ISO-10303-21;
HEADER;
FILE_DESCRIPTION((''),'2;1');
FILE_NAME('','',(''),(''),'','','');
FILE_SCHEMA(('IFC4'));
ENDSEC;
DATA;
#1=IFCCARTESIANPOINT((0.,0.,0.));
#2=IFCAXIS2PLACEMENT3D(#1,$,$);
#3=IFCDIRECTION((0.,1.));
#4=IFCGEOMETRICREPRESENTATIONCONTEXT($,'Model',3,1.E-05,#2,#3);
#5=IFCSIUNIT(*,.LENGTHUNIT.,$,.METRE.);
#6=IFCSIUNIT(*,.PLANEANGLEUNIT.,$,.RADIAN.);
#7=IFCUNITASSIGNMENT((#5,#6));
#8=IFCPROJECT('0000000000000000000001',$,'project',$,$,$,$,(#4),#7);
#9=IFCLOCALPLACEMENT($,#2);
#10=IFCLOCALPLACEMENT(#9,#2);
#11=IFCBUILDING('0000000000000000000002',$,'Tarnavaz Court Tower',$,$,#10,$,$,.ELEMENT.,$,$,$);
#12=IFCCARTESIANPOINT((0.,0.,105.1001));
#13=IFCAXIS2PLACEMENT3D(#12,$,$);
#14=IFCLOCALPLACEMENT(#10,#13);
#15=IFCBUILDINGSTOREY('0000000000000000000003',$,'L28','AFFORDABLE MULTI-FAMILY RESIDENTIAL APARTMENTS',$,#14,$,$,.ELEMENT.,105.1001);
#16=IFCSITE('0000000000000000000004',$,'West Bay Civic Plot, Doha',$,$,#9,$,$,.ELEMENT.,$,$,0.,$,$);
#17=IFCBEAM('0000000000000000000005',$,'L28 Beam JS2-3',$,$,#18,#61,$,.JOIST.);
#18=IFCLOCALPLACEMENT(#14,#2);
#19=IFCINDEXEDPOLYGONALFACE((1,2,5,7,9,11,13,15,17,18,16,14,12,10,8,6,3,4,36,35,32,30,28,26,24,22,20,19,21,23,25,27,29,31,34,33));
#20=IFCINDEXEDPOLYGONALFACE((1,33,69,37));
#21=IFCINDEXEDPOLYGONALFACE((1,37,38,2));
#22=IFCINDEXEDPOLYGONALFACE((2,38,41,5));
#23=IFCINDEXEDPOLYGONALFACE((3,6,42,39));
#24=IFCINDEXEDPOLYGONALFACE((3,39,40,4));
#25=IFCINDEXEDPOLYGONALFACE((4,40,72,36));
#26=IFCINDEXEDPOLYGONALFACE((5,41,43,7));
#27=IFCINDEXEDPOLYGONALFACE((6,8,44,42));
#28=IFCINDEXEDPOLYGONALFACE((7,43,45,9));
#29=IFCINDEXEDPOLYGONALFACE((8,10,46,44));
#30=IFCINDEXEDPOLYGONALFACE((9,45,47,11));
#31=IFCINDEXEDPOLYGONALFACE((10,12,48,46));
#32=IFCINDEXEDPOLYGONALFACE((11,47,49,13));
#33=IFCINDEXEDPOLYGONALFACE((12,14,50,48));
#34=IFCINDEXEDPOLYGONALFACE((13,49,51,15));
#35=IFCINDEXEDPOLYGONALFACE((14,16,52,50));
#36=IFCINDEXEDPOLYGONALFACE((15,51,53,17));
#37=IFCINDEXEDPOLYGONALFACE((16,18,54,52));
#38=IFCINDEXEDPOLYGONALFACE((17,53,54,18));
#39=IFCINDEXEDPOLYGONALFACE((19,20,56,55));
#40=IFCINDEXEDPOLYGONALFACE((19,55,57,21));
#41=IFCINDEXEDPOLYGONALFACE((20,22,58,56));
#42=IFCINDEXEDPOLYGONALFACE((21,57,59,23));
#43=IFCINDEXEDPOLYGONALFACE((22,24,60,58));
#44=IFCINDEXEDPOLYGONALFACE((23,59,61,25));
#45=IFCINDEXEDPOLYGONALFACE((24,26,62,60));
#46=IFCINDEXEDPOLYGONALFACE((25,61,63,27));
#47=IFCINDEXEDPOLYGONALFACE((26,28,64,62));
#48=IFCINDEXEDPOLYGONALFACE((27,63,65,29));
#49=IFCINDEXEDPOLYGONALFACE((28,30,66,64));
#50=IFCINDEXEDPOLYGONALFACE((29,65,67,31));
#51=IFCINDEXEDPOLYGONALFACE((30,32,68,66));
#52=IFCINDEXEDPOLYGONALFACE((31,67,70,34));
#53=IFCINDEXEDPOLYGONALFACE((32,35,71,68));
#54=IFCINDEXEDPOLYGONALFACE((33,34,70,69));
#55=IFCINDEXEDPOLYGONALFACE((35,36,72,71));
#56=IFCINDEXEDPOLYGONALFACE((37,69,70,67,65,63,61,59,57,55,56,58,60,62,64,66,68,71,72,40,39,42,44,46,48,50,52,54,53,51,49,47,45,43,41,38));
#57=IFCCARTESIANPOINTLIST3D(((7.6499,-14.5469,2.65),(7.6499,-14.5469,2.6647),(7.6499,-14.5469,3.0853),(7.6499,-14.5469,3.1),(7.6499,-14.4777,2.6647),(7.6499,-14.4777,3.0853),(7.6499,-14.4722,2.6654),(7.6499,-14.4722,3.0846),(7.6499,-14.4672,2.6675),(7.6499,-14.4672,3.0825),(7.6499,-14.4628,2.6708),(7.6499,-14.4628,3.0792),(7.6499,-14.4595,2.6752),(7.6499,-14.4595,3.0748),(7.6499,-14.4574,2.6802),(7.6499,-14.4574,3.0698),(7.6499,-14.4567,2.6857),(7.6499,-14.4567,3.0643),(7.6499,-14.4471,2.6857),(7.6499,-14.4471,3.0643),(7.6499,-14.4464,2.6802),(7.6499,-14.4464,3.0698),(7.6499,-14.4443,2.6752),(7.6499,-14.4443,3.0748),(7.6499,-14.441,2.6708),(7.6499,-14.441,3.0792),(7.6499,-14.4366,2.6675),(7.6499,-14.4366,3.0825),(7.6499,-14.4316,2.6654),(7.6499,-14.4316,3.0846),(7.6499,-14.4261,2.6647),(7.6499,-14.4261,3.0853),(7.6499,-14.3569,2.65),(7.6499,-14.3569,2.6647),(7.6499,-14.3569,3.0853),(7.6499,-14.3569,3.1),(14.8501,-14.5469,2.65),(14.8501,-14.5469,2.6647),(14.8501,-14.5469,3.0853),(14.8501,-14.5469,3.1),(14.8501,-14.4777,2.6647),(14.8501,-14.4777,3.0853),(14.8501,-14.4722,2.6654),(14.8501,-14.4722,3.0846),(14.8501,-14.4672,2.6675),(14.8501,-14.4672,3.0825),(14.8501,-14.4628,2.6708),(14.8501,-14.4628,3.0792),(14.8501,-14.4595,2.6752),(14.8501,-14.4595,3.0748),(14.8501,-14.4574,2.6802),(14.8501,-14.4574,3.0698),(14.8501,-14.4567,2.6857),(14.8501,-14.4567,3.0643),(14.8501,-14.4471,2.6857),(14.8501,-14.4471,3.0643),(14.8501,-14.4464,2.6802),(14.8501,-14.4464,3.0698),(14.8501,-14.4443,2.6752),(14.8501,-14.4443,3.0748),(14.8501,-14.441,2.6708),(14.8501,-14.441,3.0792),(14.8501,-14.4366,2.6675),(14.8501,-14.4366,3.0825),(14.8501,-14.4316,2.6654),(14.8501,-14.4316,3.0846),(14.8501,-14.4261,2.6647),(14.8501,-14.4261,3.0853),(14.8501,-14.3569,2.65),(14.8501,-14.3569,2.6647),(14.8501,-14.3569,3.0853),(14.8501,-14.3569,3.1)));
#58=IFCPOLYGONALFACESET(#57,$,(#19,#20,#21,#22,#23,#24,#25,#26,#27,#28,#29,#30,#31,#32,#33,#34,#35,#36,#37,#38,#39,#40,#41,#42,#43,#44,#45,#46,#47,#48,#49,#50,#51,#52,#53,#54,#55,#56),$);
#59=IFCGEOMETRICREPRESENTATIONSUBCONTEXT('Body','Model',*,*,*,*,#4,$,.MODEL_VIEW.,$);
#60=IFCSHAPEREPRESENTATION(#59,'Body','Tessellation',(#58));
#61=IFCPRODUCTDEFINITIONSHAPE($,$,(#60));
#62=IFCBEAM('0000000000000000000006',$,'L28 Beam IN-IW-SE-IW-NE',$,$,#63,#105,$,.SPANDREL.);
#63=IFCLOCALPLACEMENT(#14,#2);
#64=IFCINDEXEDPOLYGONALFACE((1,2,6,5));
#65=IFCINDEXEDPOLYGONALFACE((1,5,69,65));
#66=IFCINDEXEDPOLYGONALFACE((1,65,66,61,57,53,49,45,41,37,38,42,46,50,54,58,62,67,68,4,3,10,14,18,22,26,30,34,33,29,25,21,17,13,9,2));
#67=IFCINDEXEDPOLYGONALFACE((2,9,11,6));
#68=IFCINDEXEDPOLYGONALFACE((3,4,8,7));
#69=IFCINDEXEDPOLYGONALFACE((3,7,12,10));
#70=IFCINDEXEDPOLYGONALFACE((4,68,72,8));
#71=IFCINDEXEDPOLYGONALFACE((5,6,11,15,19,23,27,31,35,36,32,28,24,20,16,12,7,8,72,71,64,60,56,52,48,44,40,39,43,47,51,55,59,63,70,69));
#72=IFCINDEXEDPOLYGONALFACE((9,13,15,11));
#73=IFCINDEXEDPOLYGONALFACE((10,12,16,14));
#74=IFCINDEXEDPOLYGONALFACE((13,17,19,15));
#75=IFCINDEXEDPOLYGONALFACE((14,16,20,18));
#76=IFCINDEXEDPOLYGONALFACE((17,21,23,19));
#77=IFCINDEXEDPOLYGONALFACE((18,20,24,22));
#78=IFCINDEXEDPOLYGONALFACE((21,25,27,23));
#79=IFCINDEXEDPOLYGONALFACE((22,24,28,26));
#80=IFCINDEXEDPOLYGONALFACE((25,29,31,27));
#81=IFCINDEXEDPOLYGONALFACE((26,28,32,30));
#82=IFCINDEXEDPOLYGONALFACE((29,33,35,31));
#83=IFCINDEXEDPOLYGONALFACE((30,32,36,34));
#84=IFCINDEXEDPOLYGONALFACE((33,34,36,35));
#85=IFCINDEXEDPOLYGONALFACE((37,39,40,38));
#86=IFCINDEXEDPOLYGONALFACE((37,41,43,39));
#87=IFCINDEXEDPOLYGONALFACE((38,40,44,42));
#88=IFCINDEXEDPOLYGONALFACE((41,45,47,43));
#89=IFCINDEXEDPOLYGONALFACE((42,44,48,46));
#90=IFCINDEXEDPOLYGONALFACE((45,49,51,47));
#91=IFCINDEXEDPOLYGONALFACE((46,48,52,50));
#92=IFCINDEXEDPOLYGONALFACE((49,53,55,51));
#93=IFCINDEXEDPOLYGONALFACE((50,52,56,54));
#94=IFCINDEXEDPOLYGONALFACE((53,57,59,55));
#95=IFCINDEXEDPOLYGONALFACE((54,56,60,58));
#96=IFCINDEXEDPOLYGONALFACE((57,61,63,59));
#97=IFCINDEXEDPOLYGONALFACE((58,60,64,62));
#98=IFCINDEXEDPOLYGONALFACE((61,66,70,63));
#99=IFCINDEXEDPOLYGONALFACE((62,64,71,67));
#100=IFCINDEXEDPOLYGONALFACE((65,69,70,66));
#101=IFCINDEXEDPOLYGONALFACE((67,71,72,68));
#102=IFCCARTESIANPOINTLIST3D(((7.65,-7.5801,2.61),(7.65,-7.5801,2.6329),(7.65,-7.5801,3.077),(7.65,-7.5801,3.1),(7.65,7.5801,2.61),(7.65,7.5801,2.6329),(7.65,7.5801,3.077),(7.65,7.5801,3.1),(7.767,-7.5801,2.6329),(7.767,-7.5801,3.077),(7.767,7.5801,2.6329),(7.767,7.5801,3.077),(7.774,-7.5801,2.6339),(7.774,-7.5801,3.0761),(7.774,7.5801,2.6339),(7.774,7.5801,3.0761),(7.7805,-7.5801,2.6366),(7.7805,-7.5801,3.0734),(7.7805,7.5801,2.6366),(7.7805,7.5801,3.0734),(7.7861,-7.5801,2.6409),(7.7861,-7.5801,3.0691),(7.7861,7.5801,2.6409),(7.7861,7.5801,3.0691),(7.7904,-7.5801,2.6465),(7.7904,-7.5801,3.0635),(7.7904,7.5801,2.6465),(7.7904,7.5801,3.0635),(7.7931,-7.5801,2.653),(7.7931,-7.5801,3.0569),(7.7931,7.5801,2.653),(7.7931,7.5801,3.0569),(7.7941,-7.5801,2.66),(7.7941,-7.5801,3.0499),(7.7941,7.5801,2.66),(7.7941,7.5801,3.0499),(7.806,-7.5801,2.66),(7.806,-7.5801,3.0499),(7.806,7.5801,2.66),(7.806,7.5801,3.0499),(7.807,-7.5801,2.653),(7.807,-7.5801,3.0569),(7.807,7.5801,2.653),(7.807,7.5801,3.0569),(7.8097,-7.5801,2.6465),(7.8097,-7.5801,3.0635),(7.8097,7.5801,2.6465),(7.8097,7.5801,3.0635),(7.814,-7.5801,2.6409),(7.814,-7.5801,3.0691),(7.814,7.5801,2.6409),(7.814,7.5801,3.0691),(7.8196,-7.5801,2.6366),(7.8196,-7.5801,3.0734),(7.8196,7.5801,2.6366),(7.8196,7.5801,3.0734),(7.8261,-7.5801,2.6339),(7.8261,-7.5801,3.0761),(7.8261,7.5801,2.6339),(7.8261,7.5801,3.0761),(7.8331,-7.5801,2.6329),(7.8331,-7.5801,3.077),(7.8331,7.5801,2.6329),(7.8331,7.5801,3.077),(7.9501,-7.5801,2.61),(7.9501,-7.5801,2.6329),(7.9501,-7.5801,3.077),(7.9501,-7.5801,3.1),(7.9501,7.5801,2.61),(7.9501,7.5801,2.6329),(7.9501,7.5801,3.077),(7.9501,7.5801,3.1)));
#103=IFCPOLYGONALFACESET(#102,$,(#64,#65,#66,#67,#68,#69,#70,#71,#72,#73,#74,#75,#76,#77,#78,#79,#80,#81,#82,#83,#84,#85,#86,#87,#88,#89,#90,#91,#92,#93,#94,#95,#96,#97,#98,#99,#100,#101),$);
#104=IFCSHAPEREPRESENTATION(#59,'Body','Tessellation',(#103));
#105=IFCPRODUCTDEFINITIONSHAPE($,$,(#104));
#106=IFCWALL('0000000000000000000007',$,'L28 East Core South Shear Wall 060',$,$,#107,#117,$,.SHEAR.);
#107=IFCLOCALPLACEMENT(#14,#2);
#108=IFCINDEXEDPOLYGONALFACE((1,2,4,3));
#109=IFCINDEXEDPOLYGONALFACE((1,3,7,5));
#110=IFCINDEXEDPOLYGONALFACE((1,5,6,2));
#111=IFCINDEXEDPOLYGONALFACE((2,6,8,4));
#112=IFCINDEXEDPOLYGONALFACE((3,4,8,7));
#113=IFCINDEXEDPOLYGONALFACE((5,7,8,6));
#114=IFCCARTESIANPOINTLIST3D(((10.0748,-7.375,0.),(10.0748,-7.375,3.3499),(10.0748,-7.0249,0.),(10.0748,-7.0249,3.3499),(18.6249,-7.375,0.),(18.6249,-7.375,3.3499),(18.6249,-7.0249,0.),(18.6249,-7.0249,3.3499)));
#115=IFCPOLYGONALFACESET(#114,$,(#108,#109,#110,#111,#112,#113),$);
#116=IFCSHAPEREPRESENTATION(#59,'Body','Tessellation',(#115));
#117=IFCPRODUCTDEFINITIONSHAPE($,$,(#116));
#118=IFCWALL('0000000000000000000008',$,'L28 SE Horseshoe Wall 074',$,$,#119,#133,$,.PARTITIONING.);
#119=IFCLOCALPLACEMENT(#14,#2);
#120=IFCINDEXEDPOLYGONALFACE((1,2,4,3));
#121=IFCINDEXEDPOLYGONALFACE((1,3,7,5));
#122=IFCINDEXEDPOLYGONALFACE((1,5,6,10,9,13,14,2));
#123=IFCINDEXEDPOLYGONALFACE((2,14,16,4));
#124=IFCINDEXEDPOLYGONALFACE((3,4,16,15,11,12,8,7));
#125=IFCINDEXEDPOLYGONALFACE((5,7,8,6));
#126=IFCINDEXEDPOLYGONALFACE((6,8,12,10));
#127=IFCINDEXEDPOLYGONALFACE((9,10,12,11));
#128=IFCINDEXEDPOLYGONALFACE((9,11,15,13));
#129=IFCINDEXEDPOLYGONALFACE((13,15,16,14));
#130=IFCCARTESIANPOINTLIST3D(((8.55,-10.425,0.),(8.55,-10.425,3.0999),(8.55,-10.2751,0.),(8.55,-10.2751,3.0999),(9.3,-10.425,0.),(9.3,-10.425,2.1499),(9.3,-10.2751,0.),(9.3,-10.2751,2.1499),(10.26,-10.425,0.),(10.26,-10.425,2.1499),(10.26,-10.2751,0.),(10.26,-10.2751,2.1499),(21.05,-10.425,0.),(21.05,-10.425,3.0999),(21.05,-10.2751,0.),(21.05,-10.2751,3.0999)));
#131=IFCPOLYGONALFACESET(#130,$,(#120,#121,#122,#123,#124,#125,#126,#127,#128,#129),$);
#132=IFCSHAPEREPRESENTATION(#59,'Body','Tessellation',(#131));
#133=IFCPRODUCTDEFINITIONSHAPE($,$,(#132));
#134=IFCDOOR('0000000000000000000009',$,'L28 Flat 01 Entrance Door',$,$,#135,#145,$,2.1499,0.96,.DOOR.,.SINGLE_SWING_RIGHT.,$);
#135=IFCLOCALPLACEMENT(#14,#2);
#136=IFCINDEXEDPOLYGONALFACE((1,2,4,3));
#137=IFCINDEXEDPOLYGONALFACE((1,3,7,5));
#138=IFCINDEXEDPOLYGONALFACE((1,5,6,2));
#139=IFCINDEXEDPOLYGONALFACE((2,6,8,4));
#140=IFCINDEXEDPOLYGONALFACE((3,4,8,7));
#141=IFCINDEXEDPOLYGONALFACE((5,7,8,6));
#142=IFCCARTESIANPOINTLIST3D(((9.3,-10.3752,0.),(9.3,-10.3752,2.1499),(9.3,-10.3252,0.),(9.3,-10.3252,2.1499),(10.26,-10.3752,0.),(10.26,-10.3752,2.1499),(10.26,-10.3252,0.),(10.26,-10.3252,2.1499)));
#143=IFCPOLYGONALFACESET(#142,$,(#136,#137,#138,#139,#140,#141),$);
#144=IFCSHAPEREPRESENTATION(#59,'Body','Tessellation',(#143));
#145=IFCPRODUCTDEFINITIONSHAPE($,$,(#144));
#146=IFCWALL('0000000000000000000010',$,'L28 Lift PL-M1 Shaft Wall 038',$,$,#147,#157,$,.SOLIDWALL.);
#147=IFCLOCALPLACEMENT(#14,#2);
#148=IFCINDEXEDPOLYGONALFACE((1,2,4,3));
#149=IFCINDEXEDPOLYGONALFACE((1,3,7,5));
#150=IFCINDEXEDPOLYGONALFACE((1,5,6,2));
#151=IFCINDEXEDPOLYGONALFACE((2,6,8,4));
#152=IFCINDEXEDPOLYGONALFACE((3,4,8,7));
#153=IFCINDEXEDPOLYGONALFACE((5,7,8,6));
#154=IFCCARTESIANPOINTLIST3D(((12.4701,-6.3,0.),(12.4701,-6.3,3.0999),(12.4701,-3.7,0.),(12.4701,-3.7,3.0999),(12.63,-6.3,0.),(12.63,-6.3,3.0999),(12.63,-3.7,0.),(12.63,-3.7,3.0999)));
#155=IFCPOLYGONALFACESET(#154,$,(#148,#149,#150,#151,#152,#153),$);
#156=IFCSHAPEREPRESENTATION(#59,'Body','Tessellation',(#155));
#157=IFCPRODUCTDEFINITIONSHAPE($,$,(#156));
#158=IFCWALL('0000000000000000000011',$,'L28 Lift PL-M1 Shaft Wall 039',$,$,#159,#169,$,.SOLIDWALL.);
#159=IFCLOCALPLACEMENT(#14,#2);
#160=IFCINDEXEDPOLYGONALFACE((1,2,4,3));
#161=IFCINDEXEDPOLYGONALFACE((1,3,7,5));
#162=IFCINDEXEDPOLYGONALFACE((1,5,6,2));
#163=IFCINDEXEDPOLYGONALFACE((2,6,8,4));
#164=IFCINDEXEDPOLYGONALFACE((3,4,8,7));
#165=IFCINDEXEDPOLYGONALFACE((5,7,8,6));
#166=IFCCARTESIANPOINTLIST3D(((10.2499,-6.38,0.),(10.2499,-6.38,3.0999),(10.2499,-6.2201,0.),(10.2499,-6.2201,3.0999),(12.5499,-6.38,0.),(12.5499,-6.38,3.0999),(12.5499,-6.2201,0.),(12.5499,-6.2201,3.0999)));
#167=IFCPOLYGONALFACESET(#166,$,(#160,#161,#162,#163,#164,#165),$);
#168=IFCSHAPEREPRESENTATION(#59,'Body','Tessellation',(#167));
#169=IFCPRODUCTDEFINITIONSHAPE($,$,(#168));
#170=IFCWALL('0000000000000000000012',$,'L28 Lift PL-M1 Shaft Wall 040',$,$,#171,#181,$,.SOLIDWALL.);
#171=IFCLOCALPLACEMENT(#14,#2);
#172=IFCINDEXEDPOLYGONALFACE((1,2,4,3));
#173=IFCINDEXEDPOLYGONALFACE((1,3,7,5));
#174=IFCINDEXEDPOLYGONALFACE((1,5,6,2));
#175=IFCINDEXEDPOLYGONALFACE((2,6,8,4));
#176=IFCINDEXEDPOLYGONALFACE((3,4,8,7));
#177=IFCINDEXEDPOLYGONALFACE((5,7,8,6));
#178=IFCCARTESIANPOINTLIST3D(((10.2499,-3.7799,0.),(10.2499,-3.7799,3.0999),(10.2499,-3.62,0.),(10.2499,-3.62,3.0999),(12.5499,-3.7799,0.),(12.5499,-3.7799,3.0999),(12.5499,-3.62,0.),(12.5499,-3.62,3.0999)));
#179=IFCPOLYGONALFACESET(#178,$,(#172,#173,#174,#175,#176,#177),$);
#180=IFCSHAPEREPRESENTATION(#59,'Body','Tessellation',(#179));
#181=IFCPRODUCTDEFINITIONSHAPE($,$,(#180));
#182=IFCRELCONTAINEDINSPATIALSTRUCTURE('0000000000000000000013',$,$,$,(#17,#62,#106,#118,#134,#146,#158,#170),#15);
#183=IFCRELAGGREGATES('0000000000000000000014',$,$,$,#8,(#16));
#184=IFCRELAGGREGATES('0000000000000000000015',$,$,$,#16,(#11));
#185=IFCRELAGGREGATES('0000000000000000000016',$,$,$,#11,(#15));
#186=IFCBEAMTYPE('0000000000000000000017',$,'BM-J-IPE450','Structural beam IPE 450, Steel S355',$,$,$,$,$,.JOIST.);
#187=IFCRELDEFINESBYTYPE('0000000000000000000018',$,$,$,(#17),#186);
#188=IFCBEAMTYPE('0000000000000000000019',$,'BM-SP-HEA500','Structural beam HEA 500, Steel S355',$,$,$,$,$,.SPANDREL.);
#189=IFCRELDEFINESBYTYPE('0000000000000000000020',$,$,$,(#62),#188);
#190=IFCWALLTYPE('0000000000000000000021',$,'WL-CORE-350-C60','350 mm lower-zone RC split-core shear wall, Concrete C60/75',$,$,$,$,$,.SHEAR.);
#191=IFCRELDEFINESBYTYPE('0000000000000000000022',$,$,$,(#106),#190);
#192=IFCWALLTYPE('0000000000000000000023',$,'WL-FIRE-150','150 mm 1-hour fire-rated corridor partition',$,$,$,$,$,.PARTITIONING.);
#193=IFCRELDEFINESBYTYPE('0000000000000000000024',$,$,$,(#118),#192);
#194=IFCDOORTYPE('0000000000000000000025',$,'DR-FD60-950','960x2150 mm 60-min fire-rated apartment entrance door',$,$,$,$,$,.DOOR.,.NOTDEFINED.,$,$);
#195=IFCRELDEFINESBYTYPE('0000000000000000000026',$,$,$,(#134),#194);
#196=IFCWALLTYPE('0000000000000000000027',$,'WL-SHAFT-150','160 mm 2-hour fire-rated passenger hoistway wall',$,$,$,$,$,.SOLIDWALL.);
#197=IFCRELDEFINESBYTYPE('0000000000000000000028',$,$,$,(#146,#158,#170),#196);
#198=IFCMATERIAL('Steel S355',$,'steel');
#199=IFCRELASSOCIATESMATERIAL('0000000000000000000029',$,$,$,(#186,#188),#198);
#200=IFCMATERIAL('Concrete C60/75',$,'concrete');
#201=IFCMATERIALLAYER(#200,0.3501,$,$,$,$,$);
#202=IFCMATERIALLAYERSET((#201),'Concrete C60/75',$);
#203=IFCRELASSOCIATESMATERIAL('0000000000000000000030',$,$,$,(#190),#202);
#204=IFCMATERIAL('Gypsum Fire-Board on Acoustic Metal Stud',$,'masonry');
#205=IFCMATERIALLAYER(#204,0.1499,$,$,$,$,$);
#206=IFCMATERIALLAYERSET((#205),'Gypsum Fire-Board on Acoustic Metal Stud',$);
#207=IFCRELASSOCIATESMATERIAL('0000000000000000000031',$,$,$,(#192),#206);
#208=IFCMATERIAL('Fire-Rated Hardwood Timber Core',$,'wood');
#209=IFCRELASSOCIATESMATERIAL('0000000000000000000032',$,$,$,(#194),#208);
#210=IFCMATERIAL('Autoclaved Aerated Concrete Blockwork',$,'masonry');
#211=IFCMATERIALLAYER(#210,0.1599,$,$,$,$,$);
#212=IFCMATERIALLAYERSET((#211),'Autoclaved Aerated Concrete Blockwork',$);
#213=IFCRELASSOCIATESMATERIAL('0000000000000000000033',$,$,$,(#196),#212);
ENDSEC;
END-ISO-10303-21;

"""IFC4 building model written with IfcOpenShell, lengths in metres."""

from ifc_helpers import new_model, si_unit, direction, frame, frame_2d, origin, origin_2d, place, context, subcontext, project, spatial, rectangle, i_section, extrude, material, layer, layer_set, material_profile, profile_set, type_object, element, fill, save


model = new_model("IFC4")

# Units and contexts
model_context = context("Model", 3, precision=1e-05, world=origin(), true_north=direction((0.0, 1.0)))
body_context = subcontext(model_context, "Body", "Model", "MODEL_VIEW")
ifc_project = project(units=[si_unit("LENGTHUNIT", "METRE"), si_unit("PLANEANGLEUNIT", "RADIAN")], contexts=[model_context])

# Site, building, storey
site_placement = place(None, origin())
site = spatial("IfcSite", under=ifc_project, at=site_placement, Name="West Bay Civic Plot, Doha", CompositionType="ELEMENT", RefElevation=0.0)
building_placement = place(site_placement, origin())
building = spatial("IfcBuilding", under=site, at=building_placement, Name="Tarnavaz Court Tower", CompositionType="ELEMENT")
storey_placement = place(building_placement, frame((0.0, 0.0, 105.1001)))
storey = spatial("IfcBuildingStorey", under=building, at=storey_placement, Name="L28", Description="AFFORDABLE MULTI-FAMILY RESIDENTIAL APARTMENTS", CompositionType="ELEMENT", Elevation=105.1001)

# Shared definitions
ifc_material_1 = material(Name="Concrete C60/75", Category="concrete")

# Beams
ifc_material_2 = material(Name="Steel S355", Category="steel")
ifc_material_profile_1 = material_profile(ifc_material_2, i_section(OverallWidth=0.1899, OverallDepth=0.45, WebThickness=0.0095, FlangeThickness=0.0146, FilletRadius=0.021, at=origin_2d()), Name="IPE 450")
ifc_profile_set_1 = profile_set([ifc_material_profile_1], Name="Steel S355")
beam_type_1 = type_object("IfcBeamType", Name="BM-J-IPE450", Description="Structural beam IPE 450, Steel S355", PredefinedType="JOIST", material=ifc_profile_set_1)
for number, where, z_axis, x_axis, name in (
    (1, (7.6499, -14.4519, 2.875), (1.0, 0.0, 0.0), (0.0, 1.0, 0.0), "L28 Beam JS2-3"),
):
    element("IfcBeam", number, at=place(storey_placement, frame(where, z_axis=z_axis, x_axis=x_axis)), inside=storey, type_object=beam_type_1, Name=name, PredefinedType="JOIST", context=body_context, shape_type="SweptSolid", body=[
        extrude(i_section(OverallWidth=0.1899, OverallDepth=0.45, WebThickness=0.0095, FlangeThickness=0.0146, FilletRadius=0.021, at=origin_2d()), origin(), (0.0, 0.0, 1.0), 7.2002),
    ])
ifc_material_profile_2 = material_profile(ifc_material_2, i_section(OverallWidth=0.3, OverallDepth=0.49, WebThickness=0.012, FlangeThickness=0.0229, FilletRadius=0.0271, at=origin_2d()), Name="HEA 500")
ifc_profile_set_2 = profile_set([ifc_material_profile_2], Name="Steel S355")
beam_type_2 = type_object("IfcBeamType", Name="BM-SP-HEA500", Description="Structural beam HEA 500, Steel S355", PredefinedType="SPANDREL", material=ifc_profile_set_2)
beam_1_placement = place(storey_placement, frame((7.8, -7.5801, 2.855), z_axis=(0.0, 1.0, 0.0), x_axis=(-1.0, 0.0, 0.0)))
element("IfcBeam", 2, at=beam_1_placement, inside=storey, type_object=beam_type_2, Name="L28 Beam IN-IW-SE-IW-NE", PredefinedType="SPANDREL", context=body_context, shape_type="SweptSolid", body=[
    extrude(i_section(OverallWidth=0.3, OverallDepth=0.49, WebThickness=0.012, FlangeThickness=0.0229, FilletRadius=0.0271, at=origin_2d()), origin(), (0.0, 0.0, 1.0), 15.1602),
])

# Wall
ifc_layer_1 = layer(ifc_material_1, 0.3501)
ifc_layer_set_1 = layer_set([ifc_layer_1], Name="Concrete C60/75")
wall_type_1 = type_object("IfcWallType", Name="WL-CORE-350-C60", Description="350 mm lower-zone RC split-core shear wall, Concrete C60/75", PredefinedType="SHEAR", material=ifc_layer_set_1)
wall_1_placement = place(storey_placement, frame((10.075, -7.2, 0.0), z_axis=(0.0, 0.0, 1.0), x_axis=(1.0, 0.0, 0.0)))
element("IfcWall", 3, at=wall_1_placement, inside=storey, type_object=wall_type_1, Name="L28 East Core South Shear Wall 060", PredefinedType="SHEAR", context=body_context, shape_type="SweptSolid", body=[
    extrude(rectangle(XDim=8.55, YDim=0.3501, at=frame_2d((4.2749, 0.0))), origin(), (0.0, 0.0, 1.0), 3.3499),
])

# Wall, opening, door
ifc_material_3 = material(Name="Gypsum Fire-Board on Acoustic Metal Stud", Category="masonry")
ifc_layer_2 = layer(ifc_material_3, 0.1499)
ifc_layer_set_2 = layer_set([ifc_layer_2], Name="Gypsum Fire-Board on Acoustic Metal Stud")
wall_type_2 = type_object("IfcWallType", Name="WL-FIRE-150", Description="150 mm 1-hour fire-rated corridor partition", PredefinedType="PARTITIONING", material=ifc_layer_set_2)
wall_2_placement = place(storey_placement, frame((8.55, -10.3501, 0.0), z_axis=(0.0, 0.0, 1.0), x_axis=(1.0, 0.0, 0.0)))
wall_2 = element("IfcWall", 4, at=wall_2_placement, inside=storey, type_object=wall_type_2, Name="L28 SE Horseshoe Wall 074", PredefinedType="PARTITIONING", context=body_context, shape_type="SweptSolid", body=[
    extrude(rectangle(XDim=12.5, YDim=0.1499, at=frame_2d((6.25, 0.0))), origin(), (0.0, 0.0, 1.0), 3.0999),
])
opening_1_placement = place(wall_2_placement, frame((0.75, 0.0, 0.0)))
opening_1 = element("IfcOpeningElement", 5, at=opening_1_placement, cuts=wall_2, PredefinedType="OPENING", context=body_context, shape_type="SweptSolid", body=[
    extrude(rectangle(XDim=0.96, YDim=2.1499, at=frame_2d((0.48, 1.075))), frame((0.0, 0.085, 0.0), z_axis=(0.0, -1.0, 0.0), x_axis=(1.0, 0.0, 0.0)), (0.0, 0.0, 1.0), 0.1699),
])
ifc_material_4 = material(Name="Fire-Rated Hardwood Timber Core", Category="wood")
door_type_1 = type_object("IfcDoorType", Name="DR-FD60-950", Description="960x2150 mm 60-min fire-rated apartment entrance door", OperationType="NOTDEFINED", PredefinedType="DOOR", material=ifc_material_4)
door_1_placement = place(opening_1_placement, origin())
door_1 = element("IfcDoor", 6, at=door_1_placement, inside=storey, type_object=door_type_1, Name="L28 Flat 01 Entrance Door", OperationType="SINGLE_SWING_RIGHT", OverallHeight=2.1499, OverallWidth=0.96, PredefinedType="DOOR", context=body_context, shape_type="SweptSolid", body=[
    extrude(rectangle(XDim=0.96, YDim=2.1499, at=frame_2d((0.48, 1.075))), frame((0.0, 0.0249, 0.0), z_axis=(0.0, -1.0, 0.0), x_axis=(1.0, 0.0, 0.0)), (0.0, 0.0, 1.0), 0.05),
])
fill(opening_1, door_1)
ifc_material_5 = material(Name="Autoclaved Aerated Concrete Blockwork", Category="masonry")
ifc_layer_3 = layer(ifc_material_5, 0.1599)
ifc_layer_set_3 = layer_set([ifc_layer_3], Name="Autoclaved Aerated Concrete Blockwork")
wall_type_3 = type_object("IfcWallType", Name="WL-SHAFT-150", Description="160 mm 2-hour fire-rated passenger hoistway wall", PredefinedType="SOLIDWALL", material=ifc_layer_set_3)

# Walls
wall_3_placement = place(storey_placement, frame((12.55, -6.3, 0.0), z_axis=(0.0, 0.0, 1.0), x_axis=(0.0, 1.0, 0.0)))
element("IfcWall", 7, at=wall_3_placement, inside=storey, type_object=wall_type_3, Name="L28 Lift PL-M1 Shaft Wall 038", PredefinedType="SOLIDWALL", context=body_context, shape_type="SweptSolid", body=[
    extrude(rectangle(XDim=2.6001, YDim=0.1599, at=frame_2d((1.3, 0.0))), origin(), (0.0, 0.0, 1.0), 3.0999),
])
for number, where, z_axis, x_axis, name in (
    (8, (10.25, -6.3, 0.0), (0.0, 0.0, 1.0), (1.0, 0.0, 0.0), "L28 Lift PL-M1 Shaft Wall 039"),
    (9, (10.25, -3.7, 0.0), (0.0, 0.0, 1.0), (1.0, 0.0, 0.0), "L28 Lift PL-M1 Shaft Wall 040"),
):
    element("IfcWall", number, at=place(storey_placement, frame(where, z_axis=z_axis, x_axis=x_axis)), inside=storey, type_object=wall_type_3, Name=name, PredefinedType="SOLIDWALL", context=body_context, shape_type="SweptSolid", body=[
        extrude(rectangle(XDim=2.3, YDim=0.1599, at=frame_2d((1.1499, 0.0))), origin(), (0.0, 0.0, 1.0), 3.0999),
    ])

save(model, "model.ifc")
